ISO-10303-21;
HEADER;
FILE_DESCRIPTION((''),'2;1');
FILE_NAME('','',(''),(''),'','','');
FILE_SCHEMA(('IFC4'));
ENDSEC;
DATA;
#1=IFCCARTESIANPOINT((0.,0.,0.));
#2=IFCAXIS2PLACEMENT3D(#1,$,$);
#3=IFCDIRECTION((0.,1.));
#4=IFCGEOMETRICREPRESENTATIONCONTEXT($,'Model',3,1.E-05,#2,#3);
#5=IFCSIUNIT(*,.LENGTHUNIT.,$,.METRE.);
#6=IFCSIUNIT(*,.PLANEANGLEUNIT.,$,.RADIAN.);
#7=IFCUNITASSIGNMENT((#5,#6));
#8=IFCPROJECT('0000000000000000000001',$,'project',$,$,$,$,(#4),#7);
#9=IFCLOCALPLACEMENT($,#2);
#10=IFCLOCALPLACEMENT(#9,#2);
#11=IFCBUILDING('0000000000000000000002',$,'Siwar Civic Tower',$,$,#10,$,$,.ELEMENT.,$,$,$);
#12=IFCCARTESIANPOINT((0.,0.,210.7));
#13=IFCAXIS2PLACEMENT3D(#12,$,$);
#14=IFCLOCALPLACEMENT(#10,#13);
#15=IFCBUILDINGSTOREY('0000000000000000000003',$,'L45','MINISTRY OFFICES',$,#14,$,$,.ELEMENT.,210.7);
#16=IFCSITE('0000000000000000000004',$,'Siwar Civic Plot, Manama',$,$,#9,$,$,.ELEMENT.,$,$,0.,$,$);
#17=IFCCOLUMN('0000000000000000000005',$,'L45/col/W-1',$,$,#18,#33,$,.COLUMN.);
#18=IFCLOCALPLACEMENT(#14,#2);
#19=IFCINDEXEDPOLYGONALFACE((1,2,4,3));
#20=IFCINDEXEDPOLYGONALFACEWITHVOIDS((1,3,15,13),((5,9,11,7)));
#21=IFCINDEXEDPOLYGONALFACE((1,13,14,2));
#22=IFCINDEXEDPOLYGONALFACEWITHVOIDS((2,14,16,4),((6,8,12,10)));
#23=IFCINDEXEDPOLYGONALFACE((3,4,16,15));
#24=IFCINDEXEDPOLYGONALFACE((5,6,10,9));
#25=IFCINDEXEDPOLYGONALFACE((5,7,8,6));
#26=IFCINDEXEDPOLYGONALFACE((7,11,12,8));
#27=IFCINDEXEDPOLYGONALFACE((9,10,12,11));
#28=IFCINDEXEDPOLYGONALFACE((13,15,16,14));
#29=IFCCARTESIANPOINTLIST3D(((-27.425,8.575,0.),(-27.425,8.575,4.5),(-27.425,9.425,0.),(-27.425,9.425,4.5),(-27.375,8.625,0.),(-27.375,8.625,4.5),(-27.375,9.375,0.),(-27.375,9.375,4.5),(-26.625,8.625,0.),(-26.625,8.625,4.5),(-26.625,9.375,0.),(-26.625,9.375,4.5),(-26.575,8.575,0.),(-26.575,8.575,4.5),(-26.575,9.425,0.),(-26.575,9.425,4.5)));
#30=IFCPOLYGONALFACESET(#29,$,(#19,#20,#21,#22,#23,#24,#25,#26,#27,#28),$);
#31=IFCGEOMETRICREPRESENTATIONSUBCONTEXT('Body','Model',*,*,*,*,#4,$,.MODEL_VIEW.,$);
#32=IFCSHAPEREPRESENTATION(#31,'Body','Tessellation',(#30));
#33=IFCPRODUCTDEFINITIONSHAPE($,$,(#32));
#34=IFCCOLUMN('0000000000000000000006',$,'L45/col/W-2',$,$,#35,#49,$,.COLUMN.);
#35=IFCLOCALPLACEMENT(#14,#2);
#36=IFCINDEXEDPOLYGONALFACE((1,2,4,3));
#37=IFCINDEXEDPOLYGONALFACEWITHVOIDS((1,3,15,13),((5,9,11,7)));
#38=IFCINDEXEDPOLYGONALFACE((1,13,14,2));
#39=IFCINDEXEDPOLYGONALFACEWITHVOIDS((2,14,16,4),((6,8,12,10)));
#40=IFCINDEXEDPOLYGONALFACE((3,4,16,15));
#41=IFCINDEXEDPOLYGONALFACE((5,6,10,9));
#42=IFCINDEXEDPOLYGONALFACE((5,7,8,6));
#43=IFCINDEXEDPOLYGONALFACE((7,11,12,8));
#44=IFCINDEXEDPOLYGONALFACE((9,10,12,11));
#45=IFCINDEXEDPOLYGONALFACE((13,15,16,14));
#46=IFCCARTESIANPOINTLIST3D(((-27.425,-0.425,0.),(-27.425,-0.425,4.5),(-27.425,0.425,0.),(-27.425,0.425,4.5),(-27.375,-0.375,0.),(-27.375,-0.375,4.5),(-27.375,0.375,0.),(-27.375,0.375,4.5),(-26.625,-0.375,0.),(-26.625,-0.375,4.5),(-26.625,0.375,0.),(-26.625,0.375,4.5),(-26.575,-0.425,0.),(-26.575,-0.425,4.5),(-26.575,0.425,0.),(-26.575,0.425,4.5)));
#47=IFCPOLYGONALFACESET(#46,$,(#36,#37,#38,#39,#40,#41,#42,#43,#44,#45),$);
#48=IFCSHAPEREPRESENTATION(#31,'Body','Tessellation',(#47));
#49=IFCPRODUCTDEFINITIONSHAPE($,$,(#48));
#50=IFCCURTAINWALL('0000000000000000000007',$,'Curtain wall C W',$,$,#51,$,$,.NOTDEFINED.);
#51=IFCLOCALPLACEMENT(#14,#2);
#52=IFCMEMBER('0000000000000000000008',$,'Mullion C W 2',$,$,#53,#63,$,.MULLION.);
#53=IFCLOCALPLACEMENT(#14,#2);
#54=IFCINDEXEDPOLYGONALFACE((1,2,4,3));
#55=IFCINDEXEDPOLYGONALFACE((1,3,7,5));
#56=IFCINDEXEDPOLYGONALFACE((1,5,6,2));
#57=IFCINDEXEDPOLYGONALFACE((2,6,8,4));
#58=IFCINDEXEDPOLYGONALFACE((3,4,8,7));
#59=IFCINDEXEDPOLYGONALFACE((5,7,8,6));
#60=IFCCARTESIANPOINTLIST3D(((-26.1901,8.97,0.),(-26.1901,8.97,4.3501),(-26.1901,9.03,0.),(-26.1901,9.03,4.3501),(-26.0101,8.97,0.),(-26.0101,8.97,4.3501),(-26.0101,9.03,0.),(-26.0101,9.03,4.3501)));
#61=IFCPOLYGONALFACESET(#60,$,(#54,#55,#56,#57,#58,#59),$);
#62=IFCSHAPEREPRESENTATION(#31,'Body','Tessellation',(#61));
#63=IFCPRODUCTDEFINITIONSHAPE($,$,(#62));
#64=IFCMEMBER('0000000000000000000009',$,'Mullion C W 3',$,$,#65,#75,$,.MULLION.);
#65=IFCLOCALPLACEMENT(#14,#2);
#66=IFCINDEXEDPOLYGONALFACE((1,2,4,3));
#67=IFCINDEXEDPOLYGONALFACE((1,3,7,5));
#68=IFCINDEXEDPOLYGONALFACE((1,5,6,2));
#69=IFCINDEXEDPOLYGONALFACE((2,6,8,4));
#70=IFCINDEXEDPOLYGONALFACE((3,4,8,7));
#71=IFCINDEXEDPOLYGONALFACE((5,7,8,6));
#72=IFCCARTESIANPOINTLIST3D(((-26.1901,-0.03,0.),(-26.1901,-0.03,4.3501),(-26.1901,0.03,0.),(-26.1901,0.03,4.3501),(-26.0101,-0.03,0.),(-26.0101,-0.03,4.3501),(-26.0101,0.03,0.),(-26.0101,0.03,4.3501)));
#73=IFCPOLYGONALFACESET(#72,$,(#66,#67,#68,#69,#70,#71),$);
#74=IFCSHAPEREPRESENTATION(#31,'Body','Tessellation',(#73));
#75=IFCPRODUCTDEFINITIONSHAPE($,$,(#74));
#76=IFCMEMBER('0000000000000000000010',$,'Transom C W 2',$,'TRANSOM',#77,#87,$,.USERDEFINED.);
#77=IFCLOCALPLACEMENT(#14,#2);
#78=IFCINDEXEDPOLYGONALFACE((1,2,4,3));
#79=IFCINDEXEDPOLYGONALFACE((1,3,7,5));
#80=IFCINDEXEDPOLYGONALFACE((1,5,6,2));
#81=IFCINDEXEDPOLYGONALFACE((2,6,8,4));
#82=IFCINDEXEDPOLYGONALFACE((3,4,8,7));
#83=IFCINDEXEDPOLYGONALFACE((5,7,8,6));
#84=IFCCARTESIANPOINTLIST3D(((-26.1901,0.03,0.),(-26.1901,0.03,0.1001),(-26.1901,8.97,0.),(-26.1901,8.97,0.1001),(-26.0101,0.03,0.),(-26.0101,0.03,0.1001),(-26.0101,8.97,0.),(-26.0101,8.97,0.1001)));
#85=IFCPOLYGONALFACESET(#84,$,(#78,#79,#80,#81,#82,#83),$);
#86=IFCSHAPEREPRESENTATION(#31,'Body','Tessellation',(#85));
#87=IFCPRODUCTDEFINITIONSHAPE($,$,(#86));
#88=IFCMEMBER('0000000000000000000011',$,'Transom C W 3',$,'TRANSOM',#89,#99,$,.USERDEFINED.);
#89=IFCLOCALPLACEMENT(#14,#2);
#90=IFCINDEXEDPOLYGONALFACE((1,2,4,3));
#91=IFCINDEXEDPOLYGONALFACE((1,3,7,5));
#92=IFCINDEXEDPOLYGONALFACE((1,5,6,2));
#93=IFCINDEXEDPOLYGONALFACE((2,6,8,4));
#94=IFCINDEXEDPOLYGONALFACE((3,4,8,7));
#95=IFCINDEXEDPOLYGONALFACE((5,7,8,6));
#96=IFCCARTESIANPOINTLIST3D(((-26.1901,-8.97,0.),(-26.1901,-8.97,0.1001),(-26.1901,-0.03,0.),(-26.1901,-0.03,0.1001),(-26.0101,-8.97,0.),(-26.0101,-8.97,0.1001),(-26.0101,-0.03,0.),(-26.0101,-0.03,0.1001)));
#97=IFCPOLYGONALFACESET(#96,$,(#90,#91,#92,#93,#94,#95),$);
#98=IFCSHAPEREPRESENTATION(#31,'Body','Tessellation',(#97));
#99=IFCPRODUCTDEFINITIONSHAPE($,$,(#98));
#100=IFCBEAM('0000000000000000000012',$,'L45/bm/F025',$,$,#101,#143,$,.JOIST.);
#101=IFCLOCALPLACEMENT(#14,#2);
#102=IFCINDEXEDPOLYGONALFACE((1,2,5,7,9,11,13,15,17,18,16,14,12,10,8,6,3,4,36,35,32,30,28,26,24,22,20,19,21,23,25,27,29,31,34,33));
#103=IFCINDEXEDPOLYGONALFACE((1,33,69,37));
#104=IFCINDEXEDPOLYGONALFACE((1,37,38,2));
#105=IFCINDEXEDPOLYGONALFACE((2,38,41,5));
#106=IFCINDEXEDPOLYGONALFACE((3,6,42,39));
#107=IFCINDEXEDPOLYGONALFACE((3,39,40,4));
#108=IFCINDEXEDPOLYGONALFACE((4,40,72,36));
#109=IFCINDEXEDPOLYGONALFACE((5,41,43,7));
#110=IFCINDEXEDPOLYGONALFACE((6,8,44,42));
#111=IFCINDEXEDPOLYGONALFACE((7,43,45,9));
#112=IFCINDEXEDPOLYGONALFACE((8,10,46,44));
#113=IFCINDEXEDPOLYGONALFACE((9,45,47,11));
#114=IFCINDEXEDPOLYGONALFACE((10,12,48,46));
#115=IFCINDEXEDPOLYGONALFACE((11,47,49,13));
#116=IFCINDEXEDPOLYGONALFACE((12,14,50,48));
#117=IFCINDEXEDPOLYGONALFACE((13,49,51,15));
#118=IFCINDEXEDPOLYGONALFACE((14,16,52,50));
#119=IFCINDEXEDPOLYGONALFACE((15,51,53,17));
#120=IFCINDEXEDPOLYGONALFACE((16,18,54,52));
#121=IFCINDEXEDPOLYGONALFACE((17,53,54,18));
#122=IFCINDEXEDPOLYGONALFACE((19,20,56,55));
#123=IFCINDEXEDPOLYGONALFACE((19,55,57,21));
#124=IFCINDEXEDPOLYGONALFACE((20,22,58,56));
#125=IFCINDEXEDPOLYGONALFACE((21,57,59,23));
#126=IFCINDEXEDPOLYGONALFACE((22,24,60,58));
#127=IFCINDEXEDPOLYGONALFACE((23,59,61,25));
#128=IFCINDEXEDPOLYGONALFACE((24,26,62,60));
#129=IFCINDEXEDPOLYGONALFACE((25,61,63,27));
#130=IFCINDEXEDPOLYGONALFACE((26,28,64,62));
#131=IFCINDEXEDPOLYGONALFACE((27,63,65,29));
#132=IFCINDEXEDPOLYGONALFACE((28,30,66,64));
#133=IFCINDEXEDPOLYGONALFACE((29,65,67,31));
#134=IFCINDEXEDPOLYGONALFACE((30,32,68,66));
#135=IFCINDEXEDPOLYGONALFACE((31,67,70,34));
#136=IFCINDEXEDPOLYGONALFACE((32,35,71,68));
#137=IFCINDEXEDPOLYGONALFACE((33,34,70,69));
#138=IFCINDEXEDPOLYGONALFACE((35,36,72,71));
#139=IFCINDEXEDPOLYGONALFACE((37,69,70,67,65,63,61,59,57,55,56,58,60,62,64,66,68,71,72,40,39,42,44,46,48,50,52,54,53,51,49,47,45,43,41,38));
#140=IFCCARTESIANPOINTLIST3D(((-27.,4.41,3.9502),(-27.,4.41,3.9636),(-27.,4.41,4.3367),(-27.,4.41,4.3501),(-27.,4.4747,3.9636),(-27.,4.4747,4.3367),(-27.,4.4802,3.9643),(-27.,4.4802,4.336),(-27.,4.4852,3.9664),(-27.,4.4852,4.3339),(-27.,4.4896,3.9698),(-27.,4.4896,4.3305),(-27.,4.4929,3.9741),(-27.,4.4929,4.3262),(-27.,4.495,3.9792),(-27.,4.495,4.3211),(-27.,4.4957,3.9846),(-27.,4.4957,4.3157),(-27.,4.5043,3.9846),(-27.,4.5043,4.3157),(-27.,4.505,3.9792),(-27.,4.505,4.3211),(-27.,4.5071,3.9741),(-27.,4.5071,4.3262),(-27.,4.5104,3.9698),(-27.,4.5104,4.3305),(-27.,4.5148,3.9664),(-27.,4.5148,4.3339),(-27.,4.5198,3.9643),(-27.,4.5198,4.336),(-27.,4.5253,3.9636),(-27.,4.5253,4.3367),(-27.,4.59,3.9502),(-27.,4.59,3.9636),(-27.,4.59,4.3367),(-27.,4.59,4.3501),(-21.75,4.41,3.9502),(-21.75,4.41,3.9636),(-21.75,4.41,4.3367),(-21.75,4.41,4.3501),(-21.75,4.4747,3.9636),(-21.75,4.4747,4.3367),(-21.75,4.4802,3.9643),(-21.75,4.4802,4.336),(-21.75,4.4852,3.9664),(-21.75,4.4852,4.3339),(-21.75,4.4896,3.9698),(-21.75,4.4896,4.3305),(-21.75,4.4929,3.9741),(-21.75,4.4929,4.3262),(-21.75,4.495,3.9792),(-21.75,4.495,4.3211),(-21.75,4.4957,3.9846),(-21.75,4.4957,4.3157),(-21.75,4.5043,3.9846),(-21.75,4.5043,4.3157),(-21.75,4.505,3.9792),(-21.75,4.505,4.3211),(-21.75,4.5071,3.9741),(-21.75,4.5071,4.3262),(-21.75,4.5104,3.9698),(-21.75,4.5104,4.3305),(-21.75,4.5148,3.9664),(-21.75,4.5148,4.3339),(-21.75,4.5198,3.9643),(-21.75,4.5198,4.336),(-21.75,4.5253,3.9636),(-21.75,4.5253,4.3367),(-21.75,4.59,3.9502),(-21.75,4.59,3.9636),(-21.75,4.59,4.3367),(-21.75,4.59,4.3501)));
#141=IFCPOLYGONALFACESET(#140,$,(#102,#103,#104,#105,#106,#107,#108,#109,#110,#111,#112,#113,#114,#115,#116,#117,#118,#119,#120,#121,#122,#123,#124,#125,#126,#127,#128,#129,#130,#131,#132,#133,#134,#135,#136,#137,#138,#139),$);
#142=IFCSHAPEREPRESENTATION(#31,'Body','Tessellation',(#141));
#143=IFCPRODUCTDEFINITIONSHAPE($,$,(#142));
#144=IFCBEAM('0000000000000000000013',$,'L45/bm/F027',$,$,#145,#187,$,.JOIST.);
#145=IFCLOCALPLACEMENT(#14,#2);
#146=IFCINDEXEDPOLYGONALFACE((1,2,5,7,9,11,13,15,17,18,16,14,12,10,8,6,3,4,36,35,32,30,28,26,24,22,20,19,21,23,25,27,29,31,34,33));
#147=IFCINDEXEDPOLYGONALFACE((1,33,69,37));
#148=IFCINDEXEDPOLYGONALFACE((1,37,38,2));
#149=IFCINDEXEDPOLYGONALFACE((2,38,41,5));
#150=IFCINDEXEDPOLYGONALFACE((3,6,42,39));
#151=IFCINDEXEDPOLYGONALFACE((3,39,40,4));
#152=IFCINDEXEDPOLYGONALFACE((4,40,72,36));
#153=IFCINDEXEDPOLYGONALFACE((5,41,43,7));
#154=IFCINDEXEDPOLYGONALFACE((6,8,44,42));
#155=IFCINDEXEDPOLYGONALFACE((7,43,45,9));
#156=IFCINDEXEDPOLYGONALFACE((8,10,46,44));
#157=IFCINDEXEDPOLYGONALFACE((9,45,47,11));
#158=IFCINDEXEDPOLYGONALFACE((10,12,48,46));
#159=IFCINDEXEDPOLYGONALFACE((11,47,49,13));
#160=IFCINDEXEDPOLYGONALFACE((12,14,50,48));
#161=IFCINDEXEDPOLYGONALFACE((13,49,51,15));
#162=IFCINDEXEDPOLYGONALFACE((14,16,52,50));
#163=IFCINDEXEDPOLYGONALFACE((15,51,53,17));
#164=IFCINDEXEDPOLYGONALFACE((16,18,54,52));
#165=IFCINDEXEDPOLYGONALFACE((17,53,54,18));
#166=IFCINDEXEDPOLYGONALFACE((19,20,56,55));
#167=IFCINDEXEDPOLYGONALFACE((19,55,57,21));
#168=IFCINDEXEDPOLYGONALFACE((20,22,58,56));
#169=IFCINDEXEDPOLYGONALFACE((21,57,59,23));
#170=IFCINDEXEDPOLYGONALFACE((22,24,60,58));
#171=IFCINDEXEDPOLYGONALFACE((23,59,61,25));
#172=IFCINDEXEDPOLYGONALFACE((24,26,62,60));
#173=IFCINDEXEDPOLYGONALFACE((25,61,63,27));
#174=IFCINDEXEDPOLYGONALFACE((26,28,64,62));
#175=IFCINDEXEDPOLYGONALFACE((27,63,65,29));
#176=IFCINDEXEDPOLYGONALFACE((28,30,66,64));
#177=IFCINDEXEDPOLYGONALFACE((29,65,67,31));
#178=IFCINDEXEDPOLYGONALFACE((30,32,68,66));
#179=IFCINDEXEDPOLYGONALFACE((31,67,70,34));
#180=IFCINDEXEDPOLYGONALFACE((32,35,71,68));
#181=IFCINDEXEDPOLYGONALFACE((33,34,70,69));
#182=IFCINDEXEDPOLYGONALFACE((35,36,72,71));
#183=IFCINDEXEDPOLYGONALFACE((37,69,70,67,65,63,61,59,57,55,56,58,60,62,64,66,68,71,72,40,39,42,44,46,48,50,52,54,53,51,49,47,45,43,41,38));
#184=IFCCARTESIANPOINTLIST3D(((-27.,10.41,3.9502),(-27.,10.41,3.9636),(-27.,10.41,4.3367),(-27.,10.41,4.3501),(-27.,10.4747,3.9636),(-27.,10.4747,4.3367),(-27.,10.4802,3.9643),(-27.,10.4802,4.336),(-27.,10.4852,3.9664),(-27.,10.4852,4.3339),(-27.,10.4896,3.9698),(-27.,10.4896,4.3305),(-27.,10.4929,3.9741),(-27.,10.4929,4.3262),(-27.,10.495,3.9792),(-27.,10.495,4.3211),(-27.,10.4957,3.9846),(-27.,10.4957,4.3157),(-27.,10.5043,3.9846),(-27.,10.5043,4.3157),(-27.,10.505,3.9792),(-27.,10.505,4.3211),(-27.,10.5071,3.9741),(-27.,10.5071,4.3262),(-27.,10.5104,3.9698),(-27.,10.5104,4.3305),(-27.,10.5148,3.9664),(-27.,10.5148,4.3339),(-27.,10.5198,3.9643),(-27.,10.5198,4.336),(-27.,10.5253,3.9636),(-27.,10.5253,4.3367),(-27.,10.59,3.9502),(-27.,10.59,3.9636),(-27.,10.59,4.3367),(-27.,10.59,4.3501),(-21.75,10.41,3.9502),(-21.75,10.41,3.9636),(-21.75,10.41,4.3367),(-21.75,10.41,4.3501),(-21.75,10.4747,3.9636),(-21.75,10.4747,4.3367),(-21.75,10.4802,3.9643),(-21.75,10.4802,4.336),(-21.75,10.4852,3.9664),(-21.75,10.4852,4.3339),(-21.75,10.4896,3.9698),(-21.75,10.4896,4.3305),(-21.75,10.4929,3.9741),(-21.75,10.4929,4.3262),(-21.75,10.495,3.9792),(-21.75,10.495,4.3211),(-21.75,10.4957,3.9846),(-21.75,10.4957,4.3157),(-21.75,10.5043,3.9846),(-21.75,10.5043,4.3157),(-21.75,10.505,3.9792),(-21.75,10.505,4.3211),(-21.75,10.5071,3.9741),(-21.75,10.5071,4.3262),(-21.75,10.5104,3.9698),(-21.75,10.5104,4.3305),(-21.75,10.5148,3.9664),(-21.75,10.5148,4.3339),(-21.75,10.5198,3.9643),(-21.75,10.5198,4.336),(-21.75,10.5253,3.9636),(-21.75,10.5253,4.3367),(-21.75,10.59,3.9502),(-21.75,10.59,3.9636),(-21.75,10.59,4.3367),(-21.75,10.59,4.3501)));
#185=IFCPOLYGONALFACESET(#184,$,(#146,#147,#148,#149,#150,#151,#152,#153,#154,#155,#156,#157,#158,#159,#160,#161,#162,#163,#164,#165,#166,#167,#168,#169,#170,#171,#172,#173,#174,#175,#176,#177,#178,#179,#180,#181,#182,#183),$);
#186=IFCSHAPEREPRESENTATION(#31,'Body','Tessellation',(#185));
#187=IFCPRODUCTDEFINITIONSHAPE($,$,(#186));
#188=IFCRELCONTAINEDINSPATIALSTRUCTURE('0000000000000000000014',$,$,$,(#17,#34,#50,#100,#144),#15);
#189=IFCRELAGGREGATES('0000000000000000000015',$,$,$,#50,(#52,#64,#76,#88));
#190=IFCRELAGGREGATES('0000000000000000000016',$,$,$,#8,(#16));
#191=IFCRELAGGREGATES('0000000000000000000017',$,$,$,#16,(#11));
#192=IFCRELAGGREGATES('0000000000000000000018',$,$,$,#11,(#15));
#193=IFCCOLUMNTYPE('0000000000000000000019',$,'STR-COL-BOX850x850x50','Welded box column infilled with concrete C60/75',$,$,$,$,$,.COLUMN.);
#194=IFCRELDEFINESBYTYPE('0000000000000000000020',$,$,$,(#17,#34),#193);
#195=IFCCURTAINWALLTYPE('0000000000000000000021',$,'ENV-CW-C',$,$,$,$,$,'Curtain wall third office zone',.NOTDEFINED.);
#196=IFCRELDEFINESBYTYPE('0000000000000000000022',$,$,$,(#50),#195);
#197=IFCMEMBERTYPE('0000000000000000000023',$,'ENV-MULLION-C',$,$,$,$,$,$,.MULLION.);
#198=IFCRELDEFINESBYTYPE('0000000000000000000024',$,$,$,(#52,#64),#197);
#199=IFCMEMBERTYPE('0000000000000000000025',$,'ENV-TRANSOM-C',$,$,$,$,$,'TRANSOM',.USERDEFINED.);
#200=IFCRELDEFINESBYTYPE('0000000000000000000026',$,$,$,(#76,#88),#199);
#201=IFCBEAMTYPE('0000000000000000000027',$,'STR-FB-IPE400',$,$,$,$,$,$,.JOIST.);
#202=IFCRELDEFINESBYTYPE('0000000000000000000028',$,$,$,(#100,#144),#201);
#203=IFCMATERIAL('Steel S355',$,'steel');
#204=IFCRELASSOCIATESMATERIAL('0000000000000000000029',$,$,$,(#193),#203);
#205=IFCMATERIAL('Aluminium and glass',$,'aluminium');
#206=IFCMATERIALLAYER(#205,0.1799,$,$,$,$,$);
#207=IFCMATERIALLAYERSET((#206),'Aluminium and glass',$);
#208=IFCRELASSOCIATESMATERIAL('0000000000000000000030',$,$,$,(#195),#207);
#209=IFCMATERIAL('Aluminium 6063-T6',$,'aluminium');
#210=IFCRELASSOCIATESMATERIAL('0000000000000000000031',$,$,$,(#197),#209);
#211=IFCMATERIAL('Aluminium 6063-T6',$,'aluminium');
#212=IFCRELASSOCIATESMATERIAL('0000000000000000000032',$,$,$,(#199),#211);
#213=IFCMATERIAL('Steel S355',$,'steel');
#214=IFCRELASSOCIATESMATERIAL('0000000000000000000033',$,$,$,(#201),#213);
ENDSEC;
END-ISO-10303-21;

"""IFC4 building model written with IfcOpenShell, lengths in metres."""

from ifc_helpers import new_model, si_unit, direction, frame, origin, origin_2d, place, context, subcontext, project, spatial, rectangle, hollow_rectangle, i_section, extrude, material, layer, layer_set, material_profile, profile_set, type_object, element, aggregate, save


model = new_model("IFC4")

# Units and contexts
model_context = context("Model", 3, precision=1e-05, world=origin(), true_north=direction((0.0, 1.0)))
body_context = subcontext(model_context, "Body", "Model", "MODEL_VIEW")
ifc_project = project(units=[si_unit("LENGTHUNIT", "METRE"), si_unit("PLANEANGLEUNIT", "RADIAN")], contexts=[model_context])

# Site, building, storey
site_placement = place(None, origin())
site = spatial("IfcSite", under=ifc_project, at=site_placement, Name="Siwar Civic Plot, Manama", CompositionType="ELEMENT", RefElevation=0.0)
building_placement = place(site_placement, origin())
building = spatial("IfcBuilding", under=site, at=building_placement, Name="Siwar Civic Tower", CompositionType="ELEMENT")
storey_placement = place(building_placement, frame((0.0, 0.0, 210.7)))
storey = spatial("IfcBuildingStorey", under=building, at=storey_placement, Name="L45", Description="MINISTRY OFFICES", CompositionType="ELEMENT", Elevation=210.7)

# Columns
ifc_material_1 = material(Name="Steel S355", Category="steel")
ifc_material_profile_1 = material_profile(ifc_material_1, hollow_rectangle(XDim=0.8501, YDim=0.8501, WallThickness=0.05, at=origin_2d()), Name="BOX850x850x50")
ifc_profile_set_1 = profile_set([ifc_material_profile_1], Name="Steel S355")
column_type = type_object("IfcColumnType", Name="STR-COL-BOX850x850x50", Description="Welded box column infilled with concrete C60/75", PredefinedType="COLUMN", material=ifc_profile_set_1)
for number, where, z_axis, x_axis, name in (
    (1, (-27.0, 9.0, 0.0), (0.0, 0.0, 1.0), (1.0, 0.0, 0.0), "L45/col/W-1"),
    (2, (-27.0, 0.0, 0.0), (0.0, 0.0, 1.0), (1.0, 0.0, 0.0), "L45/col/W-2"),
):
    element("IfcColumn", number, at=place(storey_placement, frame(where, z_axis=z_axis, x_axis=x_axis)), inside=storey, type_object=column_type, Name=name, PredefinedType="COLUMN", context=body_context, shape_type="SweptSolid", body=[
        extrude(hollow_rectangle(XDim=0.8501, YDim=0.8501, WallThickness=0.05, at=origin_2d()), origin(), (0.0, 0.0, 1.0), 4.5),
    ])

# Curtain wall, members
ifc_material_2 = material(Name="Aluminium and glass", Category="aluminium")
ifc_layer_1 = layer(ifc_material_2, 0.1799)
ifc_layer_set_1 = layer_set([ifc_layer_1], Name="Aluminium and glass")
curtain_wall_type = type_object("IfcCurtainWallType", Name="ENV-CW-C", ElementType="Curtain wall third office zone", PredefinedType="NOTDEFINED", material=ifc_layer_set_1)
curtain_wall_placement = place(storey_placement, origin())
curtain_wall = element("IfcCurtainWall", 3, at=curtain_wall_placement, inside=storey, type_object=curtain_wall_type, Name="Curtain wall C W", PredefinedType="NOTDEFINED")
ifc_material_3 = material(Name="Aluminium 6063-T6", Category="aluminium")
ifc_material_profile_2 = material_profile(ifc_material_3, rectangle(XDim=0.1799, YDim=0.0601, at=origin_2d()), Name="AL 180x60")
ifc_profile_set_2 = profile_set([ifc_material_profile_2], Name="Aluminium 6063-T6")
member_type_1 = type_object("IfcMemberType", Name="ENV-MULLION-C", PredefinedType="MULLION", material=ifc_profile_set_2)
member_1_placement = place(storey_placement, frame((-26.1001, 9.0, 0.0), z_axis=(0.0, 0.0, 1.0), x_axis=(1.0, 0.0, 0.0)))
member_1 = element("IfcMember", 4, at=member_1_placement, type_object=member_type_1, Name="Mullion C W 2", PredefinedType="MULLION", context=body_context, shape_type="SweptSolid", body=[
    extrude(rectangle(XDim=0.1799, YDim=0.0601, at=origin_2d()), origin(), (0.0, 0.0, 1.0), 4.3501),
])
member_2_placement = place(storey_placement, frame((-26.1001, 0.0, 0.0), z_axis=(0.0, 0.0, 1.0), x_axis=(1.0, 0.0, 0.0)))
member_2 = element("IfcMember", 5, at=member_2_placement, type_object=member_type_1, Name="Mullion C W 3", PredefinedType="MULLION", context=body_context, shape_type="SweptSolid", body=[
    extrude(rectangle(XDim=0.1799, YDim=0.0601, at=origin_2d()), origin(), (0.0, 0.0, 1.0), 4.3501),
])
ifc_material_4 = material(Name="Aluminium 6063-T6", Category="aluminium")
ifc_material_profile_3 = material_profile(ifc_material_4, rectangle(XDim=0.1799, YDim=0.1001, at=origin_2d()), Name="AL 180x100")
ifc_profile_set_3 = profile_set([ifc_material_profile_3], Name="Aluminium 6063-T6")
member_type_2 = type_object("IfcMemberType", Name="ENV-TRANSOM-C", ElementType="TRANSOM", PredefinedType="USERDEFINED", material=ifc_profile_set_3)
member_3_placement = place(storey_placement, frame((-26.1001, 8.97, 0.05), z_axis=(0.0, -1.0, 0.0), x_axis=(1.0, 0.0, 0.0)))
member_3 = element("IfcMember", 6, at=member_3_placement, type_object=member_type_2, Name="Transom C W 2", ObjectType="TRANSOM", PredefinedType="USERDEFINED", context=body_context, shape_type="SweptSolid", body=[
    extrude(rectangle(XDim=0.1799, YDim=0.1001, at=origin_2d()), origin(), (0.0, 0.0, 1.0), 8.9399),
])
member_4_placement = place(storey_placement, frame((-26.1001, -0.03, 0.05), z_axis=(0.0, -1.0, 0.0), x_axis=(1.0, 0.0, 0.0)))
member_4 = element("IfcMember", 7, at=member_4_placement, type_object=member_type_2, Name="Transom C W 3", ObjectType="TRANSOM", PredefinedType="USERDEFINED", context=body_context, shape_type="SweptSolid", body=[
    extrude(rectangle(XDim=0.1799, YDim=0.1001, at=origin_2d()), origin(), (0.0, 0.0, 1.0), 8.9399),
])

# Beams
ifc_material_5 = material(Name="Steel S355", Category="steel")
ifc_material_profile_4 = material_profile(ifc_material_5, i_section(OverallWidth=0.1799, OverallDepth=0.3999, WebThickness=0.0085, FlangeThickness=0.0134, FilletRadius=0.021, at=origin_2d()), Name="IPE400")
ifc_profile_set_4 = profile_set([ifc_material_profile_4], Name="Steel S355")
beam_type_1 = type_object("IfcBeamType", Name="STR-FB-IPE400", PredefinedType="JOIST", material=ifc_profile_set_4)
for number, where, z_axis, x_axis, name in (
    (8, (-27.0, 4.5, 4.1501), (1.0, 0.0, 0.0), (0.0, 1.0, 0.0), "L45/bm/F025"),
    (9, (-27.0, 10.5, 4.1501), (1.0, 0.0, 0.0), (0.0, 1.0, 0.0), "L45/bm/F027"),
):
    element("IfcBeam", number, at=place(storey_placement, frame(where, z_axis=z_axis, x_axis=x_axis)), inside=storey, type_object=beam_type_1, Name=name, PredefinedType="JOIST", context=body_context, shape_type="SweptSolid", body=[
        extrude(i_section(OverallWidth=0.1799, OverallDepth=0.3999, WebThickness=0.0085, FlangeThickness=0.0134, FilletRadius=0.021, at=origin_2d()), origin(), (0.0, 0.0, 1.0), 5.25),
    ])

aggregate(curtain_wall, [member_1, member_2, member_3, member_4])

save(model, "model.ifc")
